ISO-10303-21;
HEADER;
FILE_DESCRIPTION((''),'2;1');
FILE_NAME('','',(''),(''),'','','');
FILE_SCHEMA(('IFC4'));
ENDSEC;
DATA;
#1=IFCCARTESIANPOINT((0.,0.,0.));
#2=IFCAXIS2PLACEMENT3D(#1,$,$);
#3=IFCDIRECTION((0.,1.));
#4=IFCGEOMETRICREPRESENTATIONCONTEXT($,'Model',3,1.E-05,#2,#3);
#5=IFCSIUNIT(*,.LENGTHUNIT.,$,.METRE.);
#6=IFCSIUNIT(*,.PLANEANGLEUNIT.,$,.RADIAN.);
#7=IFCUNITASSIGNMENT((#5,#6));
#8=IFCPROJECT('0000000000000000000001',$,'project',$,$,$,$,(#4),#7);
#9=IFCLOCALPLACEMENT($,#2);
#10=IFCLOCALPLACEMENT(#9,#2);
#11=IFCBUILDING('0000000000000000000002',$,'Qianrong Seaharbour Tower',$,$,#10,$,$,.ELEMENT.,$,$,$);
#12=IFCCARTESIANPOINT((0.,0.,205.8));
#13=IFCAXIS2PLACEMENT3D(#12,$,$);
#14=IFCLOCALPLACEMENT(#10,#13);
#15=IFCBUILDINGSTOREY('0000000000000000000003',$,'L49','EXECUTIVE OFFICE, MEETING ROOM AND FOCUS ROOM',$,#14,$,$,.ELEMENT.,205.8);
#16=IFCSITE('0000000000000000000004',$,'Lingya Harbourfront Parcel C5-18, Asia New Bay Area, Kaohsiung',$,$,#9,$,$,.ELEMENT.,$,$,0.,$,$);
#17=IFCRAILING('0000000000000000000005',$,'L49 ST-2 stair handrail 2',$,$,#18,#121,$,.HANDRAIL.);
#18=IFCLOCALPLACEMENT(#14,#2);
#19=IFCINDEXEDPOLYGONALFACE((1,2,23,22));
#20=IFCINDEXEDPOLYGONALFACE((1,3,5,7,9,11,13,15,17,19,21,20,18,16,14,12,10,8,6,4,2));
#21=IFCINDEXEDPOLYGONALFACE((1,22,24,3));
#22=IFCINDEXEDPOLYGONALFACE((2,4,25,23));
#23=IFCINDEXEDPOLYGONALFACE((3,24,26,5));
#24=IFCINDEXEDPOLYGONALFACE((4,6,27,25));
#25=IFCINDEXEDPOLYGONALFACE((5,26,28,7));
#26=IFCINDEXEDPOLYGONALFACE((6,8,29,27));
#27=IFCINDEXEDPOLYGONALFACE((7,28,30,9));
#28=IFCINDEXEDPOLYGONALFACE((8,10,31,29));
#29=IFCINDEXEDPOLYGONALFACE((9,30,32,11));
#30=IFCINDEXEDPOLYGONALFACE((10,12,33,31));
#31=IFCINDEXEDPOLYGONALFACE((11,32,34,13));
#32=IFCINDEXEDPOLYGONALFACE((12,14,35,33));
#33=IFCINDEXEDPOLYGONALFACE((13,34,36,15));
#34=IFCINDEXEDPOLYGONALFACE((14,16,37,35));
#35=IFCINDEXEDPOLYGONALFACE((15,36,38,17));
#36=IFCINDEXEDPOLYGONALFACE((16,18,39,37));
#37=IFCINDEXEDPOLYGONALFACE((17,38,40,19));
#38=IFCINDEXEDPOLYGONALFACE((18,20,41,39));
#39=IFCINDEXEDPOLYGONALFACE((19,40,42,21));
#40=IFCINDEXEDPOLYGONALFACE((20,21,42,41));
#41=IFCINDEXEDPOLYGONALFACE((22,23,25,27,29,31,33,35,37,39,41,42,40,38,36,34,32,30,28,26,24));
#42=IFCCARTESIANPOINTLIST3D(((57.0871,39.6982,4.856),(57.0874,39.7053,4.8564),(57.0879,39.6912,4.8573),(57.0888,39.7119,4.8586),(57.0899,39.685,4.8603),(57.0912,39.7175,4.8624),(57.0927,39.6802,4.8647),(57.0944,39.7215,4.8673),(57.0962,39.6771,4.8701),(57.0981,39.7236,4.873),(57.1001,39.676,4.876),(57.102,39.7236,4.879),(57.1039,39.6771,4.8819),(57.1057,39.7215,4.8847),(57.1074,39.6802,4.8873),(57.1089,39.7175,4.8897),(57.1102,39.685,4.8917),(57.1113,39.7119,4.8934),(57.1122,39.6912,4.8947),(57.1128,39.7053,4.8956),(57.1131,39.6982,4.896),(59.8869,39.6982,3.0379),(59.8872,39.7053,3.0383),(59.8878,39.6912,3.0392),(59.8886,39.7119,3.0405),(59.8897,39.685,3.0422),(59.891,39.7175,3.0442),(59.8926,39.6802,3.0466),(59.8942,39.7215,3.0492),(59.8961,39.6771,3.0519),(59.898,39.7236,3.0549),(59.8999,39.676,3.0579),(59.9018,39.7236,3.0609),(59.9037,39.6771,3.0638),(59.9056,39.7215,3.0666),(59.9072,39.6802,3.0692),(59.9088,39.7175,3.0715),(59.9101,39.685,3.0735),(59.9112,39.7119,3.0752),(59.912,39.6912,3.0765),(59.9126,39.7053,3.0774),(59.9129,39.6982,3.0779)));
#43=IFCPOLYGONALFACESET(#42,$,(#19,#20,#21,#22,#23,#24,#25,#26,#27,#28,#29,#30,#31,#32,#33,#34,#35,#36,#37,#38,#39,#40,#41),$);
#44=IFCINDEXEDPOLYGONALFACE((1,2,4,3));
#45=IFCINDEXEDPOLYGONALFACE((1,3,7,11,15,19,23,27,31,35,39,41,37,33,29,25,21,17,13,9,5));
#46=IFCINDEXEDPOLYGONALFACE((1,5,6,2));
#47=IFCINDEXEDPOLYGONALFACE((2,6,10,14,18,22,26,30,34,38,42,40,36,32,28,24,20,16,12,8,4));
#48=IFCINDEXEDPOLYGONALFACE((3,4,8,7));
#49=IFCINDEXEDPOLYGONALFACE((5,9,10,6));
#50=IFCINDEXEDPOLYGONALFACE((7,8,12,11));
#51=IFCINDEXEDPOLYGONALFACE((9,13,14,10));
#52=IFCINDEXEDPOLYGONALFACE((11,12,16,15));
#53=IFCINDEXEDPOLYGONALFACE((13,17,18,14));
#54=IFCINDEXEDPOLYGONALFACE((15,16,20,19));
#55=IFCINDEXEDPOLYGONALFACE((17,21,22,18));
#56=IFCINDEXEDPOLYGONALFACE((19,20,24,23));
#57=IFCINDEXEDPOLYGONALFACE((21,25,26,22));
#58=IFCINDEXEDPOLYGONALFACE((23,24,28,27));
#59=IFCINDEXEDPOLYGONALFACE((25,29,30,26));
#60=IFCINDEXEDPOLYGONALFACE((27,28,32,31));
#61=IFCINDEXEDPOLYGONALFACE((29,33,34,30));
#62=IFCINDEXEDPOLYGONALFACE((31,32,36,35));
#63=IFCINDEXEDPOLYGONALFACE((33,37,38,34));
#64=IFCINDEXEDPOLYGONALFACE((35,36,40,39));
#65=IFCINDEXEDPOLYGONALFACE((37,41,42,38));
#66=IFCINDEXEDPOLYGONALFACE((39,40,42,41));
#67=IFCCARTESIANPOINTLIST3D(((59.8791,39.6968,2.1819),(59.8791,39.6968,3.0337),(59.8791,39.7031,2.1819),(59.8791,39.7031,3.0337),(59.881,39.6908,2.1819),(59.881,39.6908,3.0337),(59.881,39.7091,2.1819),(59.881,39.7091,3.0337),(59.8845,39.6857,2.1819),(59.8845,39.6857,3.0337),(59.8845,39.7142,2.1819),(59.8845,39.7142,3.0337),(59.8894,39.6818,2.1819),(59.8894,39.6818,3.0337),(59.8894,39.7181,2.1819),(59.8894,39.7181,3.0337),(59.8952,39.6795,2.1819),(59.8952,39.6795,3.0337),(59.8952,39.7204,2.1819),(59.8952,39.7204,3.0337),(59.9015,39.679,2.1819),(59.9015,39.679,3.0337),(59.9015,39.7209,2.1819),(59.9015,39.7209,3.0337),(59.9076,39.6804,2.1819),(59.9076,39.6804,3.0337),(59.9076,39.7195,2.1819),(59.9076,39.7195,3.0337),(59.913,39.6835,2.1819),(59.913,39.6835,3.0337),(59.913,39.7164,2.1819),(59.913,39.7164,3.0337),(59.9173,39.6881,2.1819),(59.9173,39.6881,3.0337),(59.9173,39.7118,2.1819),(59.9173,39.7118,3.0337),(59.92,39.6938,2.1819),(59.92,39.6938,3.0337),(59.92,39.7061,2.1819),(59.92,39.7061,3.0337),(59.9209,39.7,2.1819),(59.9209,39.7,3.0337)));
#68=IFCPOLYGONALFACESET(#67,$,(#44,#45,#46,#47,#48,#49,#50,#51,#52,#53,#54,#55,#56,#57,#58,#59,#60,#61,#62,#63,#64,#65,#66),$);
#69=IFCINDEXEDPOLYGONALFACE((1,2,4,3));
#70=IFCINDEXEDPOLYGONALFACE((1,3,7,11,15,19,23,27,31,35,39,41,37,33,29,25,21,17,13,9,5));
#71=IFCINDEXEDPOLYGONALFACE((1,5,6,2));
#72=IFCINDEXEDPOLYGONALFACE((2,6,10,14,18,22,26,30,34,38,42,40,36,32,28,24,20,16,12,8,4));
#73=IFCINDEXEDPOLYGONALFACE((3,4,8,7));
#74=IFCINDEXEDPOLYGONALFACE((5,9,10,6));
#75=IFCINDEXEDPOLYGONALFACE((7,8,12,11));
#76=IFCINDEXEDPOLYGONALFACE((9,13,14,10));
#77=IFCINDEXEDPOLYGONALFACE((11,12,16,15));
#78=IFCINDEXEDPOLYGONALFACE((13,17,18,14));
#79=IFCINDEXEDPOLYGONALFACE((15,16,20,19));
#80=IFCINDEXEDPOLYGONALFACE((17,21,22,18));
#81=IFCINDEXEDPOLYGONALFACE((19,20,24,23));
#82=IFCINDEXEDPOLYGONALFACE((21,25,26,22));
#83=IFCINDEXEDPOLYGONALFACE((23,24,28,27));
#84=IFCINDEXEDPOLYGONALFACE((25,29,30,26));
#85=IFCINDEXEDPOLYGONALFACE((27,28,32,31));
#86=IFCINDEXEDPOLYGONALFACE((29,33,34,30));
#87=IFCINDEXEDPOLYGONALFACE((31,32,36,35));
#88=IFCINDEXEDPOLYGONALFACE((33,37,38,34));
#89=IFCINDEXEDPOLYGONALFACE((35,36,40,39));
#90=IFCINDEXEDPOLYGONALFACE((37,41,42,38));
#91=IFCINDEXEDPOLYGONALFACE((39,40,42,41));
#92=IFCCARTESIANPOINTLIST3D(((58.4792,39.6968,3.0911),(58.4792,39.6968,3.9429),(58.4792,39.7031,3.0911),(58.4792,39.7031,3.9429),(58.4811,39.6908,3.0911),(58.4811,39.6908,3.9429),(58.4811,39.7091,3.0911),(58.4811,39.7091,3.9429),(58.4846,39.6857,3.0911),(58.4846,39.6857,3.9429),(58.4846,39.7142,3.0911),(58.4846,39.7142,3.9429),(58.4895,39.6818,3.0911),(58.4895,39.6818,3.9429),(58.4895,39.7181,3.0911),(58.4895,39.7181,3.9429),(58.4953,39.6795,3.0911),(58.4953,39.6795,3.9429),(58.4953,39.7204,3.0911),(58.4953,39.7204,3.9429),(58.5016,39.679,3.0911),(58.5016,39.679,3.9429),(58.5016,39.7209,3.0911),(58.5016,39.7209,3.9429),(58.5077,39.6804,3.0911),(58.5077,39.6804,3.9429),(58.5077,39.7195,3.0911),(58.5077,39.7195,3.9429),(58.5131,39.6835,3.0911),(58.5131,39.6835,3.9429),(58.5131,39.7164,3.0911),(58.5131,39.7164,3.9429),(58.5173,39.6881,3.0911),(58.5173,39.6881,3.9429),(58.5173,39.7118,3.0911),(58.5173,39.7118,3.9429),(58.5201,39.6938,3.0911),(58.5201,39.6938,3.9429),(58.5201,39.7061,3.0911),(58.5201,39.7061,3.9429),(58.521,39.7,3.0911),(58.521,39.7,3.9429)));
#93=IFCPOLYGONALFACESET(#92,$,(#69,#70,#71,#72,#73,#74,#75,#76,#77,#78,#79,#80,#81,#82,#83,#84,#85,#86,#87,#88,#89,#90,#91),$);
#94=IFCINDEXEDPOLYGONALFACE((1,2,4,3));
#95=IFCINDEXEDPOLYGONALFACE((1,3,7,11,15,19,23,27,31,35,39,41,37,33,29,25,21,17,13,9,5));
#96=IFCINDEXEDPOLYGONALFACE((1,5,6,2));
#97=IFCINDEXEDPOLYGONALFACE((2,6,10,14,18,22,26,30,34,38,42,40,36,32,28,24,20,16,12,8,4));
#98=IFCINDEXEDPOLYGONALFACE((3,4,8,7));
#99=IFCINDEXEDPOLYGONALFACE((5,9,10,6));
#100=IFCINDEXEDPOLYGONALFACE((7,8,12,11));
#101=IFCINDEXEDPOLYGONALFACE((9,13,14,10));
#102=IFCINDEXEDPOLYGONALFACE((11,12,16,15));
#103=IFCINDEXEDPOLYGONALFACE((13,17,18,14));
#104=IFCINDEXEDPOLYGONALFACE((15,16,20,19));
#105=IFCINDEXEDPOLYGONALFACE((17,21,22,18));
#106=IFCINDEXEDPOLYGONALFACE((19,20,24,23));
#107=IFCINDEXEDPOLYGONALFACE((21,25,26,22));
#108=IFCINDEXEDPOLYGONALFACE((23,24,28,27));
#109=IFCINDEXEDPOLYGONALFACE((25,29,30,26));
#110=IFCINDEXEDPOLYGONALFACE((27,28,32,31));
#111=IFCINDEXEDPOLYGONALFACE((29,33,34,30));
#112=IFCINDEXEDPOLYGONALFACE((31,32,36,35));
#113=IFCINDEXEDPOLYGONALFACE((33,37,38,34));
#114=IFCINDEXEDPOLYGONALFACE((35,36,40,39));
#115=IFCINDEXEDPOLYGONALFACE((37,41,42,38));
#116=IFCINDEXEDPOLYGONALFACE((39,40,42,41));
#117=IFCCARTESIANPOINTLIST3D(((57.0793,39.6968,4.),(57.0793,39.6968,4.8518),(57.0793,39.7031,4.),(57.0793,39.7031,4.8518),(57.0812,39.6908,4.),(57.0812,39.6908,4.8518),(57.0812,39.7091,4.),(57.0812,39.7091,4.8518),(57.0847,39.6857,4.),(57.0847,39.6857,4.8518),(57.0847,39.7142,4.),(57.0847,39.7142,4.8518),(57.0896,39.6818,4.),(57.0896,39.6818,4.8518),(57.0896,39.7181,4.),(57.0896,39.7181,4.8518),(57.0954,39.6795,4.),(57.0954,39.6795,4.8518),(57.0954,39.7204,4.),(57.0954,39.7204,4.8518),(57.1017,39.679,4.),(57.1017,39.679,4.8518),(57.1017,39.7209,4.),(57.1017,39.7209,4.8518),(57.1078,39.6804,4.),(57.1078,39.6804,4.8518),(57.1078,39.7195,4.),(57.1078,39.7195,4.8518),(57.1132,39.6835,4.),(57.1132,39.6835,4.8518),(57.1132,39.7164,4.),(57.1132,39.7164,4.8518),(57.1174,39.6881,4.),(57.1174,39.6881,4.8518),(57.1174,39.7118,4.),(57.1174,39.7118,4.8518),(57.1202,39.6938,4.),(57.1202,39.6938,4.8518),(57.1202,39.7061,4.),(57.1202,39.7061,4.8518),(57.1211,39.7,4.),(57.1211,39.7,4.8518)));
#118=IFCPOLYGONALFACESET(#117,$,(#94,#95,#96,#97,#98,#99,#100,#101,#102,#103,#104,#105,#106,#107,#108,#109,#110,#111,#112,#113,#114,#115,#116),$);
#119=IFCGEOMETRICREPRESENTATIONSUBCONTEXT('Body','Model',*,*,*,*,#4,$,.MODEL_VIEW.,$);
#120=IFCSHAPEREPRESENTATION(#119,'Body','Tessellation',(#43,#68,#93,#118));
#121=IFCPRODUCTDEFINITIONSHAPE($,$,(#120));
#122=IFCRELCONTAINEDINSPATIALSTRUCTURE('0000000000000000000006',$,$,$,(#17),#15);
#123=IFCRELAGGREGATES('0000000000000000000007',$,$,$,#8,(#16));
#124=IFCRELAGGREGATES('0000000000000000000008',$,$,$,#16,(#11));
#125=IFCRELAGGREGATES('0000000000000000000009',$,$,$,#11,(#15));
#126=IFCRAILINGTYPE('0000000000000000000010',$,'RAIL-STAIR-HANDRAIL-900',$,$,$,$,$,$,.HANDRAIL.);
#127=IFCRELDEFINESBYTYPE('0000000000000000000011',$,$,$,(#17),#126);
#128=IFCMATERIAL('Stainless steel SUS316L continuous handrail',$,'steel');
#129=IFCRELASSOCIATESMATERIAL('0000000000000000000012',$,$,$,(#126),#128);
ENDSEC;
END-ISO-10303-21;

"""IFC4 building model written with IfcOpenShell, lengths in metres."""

from ifc_helpers import new_model, si_unit, direction, frame, origin, origin_2d, place, context, subcontext, project, spatial, circle, extrude, material, type_object, element, save


model = new_model("IFC4")

# Units and contexts
model_context = context("Model", 3, precision=1e-05, world=origin(), true_north=direction((0.0, 1.0)))
body_context = subcontext(model_context, "Body", "Model", "MODEL_VIEW")
ifc_project = project(units=[si_unit("LENGTHUNIT", "METRE"), si_unit("PLANEANGLEUNIT", "RADIAN")], contexts=[model_context])

# Site, building, storey
site_placement = place(None, origin())
site = spatial("IfcSite", under=ifc_project, at=site_placement, Name="Lingya Harbourfront Parcel C5-18, Asia New Bay Area, Kaohsiung", CompositionType="ELEMENT", RefElevation=0.0)
building_placement = place(site_placement, origin())
building = spatial("IfcBuilding", under=site, at=building_placement, Name="Qianrong Seaharbour Tower", CompositionType="ELEMENT")
storey_placement = place(building_placement, frame((0.0, 0.0, 205.8)))
storey = spatial("IfcBuildingStorey", under=building, at=storey_placement, Name="L49", Description="EXECUTIVE OFFICE, MEETING ROOM AND FOCUS ROOM", CompositionType="ELEMENT", Elevation=205.8)

# Railing
ifc_material_1 = material(Name="Stainless steel SUS316L continuous handrail", Category="steel")
railing_type_1 = type_object("IfcRailingType", Name="RAIL-STAIR-HANDRAIL-900", PredefinedType="HANDRAIL", material=ifc_material_1)
railing_1_placement = place(storey_placement, frame((59.8999, 39.7, 2.1819)))
element("IfcRailing", 1, at=railing_1_placement, inside=storey, type_object=railing_type_1, Name="L49 ST-2 stair handrail 2", PredefinedType="HANDRAIL", context=body_context, shape_type="SweptSolid", body=[
    extrude(circle(Radius=0.0239, at=origin_2d()), frame((0.0, 0.0, 0.876), z_axis=(-0.838684, 0.0, 0.544618), x_axis=(0.0, -1.0, 0.0)), (0.0, 0.0, 1.0), 3.3384),
    extrude(circle(Radius=0.021, at=origin_2d()), origin(), (0.0, 0.0, 1.0), 0.8518),
    extrude(circle(Radius=0.021, at=origin_2d()), frame((-1.3999, 0.0, 0.9092)), (0.0, 0.0, 1.0), 0.8518),
    extrude(circle(Radius=0.021, at=origin_2d()), frame((-2.7998, 0.0, 1.8181)), (0.0, 0.0, 1.0), 0.8518),
])

save(model, "model.ifc")
